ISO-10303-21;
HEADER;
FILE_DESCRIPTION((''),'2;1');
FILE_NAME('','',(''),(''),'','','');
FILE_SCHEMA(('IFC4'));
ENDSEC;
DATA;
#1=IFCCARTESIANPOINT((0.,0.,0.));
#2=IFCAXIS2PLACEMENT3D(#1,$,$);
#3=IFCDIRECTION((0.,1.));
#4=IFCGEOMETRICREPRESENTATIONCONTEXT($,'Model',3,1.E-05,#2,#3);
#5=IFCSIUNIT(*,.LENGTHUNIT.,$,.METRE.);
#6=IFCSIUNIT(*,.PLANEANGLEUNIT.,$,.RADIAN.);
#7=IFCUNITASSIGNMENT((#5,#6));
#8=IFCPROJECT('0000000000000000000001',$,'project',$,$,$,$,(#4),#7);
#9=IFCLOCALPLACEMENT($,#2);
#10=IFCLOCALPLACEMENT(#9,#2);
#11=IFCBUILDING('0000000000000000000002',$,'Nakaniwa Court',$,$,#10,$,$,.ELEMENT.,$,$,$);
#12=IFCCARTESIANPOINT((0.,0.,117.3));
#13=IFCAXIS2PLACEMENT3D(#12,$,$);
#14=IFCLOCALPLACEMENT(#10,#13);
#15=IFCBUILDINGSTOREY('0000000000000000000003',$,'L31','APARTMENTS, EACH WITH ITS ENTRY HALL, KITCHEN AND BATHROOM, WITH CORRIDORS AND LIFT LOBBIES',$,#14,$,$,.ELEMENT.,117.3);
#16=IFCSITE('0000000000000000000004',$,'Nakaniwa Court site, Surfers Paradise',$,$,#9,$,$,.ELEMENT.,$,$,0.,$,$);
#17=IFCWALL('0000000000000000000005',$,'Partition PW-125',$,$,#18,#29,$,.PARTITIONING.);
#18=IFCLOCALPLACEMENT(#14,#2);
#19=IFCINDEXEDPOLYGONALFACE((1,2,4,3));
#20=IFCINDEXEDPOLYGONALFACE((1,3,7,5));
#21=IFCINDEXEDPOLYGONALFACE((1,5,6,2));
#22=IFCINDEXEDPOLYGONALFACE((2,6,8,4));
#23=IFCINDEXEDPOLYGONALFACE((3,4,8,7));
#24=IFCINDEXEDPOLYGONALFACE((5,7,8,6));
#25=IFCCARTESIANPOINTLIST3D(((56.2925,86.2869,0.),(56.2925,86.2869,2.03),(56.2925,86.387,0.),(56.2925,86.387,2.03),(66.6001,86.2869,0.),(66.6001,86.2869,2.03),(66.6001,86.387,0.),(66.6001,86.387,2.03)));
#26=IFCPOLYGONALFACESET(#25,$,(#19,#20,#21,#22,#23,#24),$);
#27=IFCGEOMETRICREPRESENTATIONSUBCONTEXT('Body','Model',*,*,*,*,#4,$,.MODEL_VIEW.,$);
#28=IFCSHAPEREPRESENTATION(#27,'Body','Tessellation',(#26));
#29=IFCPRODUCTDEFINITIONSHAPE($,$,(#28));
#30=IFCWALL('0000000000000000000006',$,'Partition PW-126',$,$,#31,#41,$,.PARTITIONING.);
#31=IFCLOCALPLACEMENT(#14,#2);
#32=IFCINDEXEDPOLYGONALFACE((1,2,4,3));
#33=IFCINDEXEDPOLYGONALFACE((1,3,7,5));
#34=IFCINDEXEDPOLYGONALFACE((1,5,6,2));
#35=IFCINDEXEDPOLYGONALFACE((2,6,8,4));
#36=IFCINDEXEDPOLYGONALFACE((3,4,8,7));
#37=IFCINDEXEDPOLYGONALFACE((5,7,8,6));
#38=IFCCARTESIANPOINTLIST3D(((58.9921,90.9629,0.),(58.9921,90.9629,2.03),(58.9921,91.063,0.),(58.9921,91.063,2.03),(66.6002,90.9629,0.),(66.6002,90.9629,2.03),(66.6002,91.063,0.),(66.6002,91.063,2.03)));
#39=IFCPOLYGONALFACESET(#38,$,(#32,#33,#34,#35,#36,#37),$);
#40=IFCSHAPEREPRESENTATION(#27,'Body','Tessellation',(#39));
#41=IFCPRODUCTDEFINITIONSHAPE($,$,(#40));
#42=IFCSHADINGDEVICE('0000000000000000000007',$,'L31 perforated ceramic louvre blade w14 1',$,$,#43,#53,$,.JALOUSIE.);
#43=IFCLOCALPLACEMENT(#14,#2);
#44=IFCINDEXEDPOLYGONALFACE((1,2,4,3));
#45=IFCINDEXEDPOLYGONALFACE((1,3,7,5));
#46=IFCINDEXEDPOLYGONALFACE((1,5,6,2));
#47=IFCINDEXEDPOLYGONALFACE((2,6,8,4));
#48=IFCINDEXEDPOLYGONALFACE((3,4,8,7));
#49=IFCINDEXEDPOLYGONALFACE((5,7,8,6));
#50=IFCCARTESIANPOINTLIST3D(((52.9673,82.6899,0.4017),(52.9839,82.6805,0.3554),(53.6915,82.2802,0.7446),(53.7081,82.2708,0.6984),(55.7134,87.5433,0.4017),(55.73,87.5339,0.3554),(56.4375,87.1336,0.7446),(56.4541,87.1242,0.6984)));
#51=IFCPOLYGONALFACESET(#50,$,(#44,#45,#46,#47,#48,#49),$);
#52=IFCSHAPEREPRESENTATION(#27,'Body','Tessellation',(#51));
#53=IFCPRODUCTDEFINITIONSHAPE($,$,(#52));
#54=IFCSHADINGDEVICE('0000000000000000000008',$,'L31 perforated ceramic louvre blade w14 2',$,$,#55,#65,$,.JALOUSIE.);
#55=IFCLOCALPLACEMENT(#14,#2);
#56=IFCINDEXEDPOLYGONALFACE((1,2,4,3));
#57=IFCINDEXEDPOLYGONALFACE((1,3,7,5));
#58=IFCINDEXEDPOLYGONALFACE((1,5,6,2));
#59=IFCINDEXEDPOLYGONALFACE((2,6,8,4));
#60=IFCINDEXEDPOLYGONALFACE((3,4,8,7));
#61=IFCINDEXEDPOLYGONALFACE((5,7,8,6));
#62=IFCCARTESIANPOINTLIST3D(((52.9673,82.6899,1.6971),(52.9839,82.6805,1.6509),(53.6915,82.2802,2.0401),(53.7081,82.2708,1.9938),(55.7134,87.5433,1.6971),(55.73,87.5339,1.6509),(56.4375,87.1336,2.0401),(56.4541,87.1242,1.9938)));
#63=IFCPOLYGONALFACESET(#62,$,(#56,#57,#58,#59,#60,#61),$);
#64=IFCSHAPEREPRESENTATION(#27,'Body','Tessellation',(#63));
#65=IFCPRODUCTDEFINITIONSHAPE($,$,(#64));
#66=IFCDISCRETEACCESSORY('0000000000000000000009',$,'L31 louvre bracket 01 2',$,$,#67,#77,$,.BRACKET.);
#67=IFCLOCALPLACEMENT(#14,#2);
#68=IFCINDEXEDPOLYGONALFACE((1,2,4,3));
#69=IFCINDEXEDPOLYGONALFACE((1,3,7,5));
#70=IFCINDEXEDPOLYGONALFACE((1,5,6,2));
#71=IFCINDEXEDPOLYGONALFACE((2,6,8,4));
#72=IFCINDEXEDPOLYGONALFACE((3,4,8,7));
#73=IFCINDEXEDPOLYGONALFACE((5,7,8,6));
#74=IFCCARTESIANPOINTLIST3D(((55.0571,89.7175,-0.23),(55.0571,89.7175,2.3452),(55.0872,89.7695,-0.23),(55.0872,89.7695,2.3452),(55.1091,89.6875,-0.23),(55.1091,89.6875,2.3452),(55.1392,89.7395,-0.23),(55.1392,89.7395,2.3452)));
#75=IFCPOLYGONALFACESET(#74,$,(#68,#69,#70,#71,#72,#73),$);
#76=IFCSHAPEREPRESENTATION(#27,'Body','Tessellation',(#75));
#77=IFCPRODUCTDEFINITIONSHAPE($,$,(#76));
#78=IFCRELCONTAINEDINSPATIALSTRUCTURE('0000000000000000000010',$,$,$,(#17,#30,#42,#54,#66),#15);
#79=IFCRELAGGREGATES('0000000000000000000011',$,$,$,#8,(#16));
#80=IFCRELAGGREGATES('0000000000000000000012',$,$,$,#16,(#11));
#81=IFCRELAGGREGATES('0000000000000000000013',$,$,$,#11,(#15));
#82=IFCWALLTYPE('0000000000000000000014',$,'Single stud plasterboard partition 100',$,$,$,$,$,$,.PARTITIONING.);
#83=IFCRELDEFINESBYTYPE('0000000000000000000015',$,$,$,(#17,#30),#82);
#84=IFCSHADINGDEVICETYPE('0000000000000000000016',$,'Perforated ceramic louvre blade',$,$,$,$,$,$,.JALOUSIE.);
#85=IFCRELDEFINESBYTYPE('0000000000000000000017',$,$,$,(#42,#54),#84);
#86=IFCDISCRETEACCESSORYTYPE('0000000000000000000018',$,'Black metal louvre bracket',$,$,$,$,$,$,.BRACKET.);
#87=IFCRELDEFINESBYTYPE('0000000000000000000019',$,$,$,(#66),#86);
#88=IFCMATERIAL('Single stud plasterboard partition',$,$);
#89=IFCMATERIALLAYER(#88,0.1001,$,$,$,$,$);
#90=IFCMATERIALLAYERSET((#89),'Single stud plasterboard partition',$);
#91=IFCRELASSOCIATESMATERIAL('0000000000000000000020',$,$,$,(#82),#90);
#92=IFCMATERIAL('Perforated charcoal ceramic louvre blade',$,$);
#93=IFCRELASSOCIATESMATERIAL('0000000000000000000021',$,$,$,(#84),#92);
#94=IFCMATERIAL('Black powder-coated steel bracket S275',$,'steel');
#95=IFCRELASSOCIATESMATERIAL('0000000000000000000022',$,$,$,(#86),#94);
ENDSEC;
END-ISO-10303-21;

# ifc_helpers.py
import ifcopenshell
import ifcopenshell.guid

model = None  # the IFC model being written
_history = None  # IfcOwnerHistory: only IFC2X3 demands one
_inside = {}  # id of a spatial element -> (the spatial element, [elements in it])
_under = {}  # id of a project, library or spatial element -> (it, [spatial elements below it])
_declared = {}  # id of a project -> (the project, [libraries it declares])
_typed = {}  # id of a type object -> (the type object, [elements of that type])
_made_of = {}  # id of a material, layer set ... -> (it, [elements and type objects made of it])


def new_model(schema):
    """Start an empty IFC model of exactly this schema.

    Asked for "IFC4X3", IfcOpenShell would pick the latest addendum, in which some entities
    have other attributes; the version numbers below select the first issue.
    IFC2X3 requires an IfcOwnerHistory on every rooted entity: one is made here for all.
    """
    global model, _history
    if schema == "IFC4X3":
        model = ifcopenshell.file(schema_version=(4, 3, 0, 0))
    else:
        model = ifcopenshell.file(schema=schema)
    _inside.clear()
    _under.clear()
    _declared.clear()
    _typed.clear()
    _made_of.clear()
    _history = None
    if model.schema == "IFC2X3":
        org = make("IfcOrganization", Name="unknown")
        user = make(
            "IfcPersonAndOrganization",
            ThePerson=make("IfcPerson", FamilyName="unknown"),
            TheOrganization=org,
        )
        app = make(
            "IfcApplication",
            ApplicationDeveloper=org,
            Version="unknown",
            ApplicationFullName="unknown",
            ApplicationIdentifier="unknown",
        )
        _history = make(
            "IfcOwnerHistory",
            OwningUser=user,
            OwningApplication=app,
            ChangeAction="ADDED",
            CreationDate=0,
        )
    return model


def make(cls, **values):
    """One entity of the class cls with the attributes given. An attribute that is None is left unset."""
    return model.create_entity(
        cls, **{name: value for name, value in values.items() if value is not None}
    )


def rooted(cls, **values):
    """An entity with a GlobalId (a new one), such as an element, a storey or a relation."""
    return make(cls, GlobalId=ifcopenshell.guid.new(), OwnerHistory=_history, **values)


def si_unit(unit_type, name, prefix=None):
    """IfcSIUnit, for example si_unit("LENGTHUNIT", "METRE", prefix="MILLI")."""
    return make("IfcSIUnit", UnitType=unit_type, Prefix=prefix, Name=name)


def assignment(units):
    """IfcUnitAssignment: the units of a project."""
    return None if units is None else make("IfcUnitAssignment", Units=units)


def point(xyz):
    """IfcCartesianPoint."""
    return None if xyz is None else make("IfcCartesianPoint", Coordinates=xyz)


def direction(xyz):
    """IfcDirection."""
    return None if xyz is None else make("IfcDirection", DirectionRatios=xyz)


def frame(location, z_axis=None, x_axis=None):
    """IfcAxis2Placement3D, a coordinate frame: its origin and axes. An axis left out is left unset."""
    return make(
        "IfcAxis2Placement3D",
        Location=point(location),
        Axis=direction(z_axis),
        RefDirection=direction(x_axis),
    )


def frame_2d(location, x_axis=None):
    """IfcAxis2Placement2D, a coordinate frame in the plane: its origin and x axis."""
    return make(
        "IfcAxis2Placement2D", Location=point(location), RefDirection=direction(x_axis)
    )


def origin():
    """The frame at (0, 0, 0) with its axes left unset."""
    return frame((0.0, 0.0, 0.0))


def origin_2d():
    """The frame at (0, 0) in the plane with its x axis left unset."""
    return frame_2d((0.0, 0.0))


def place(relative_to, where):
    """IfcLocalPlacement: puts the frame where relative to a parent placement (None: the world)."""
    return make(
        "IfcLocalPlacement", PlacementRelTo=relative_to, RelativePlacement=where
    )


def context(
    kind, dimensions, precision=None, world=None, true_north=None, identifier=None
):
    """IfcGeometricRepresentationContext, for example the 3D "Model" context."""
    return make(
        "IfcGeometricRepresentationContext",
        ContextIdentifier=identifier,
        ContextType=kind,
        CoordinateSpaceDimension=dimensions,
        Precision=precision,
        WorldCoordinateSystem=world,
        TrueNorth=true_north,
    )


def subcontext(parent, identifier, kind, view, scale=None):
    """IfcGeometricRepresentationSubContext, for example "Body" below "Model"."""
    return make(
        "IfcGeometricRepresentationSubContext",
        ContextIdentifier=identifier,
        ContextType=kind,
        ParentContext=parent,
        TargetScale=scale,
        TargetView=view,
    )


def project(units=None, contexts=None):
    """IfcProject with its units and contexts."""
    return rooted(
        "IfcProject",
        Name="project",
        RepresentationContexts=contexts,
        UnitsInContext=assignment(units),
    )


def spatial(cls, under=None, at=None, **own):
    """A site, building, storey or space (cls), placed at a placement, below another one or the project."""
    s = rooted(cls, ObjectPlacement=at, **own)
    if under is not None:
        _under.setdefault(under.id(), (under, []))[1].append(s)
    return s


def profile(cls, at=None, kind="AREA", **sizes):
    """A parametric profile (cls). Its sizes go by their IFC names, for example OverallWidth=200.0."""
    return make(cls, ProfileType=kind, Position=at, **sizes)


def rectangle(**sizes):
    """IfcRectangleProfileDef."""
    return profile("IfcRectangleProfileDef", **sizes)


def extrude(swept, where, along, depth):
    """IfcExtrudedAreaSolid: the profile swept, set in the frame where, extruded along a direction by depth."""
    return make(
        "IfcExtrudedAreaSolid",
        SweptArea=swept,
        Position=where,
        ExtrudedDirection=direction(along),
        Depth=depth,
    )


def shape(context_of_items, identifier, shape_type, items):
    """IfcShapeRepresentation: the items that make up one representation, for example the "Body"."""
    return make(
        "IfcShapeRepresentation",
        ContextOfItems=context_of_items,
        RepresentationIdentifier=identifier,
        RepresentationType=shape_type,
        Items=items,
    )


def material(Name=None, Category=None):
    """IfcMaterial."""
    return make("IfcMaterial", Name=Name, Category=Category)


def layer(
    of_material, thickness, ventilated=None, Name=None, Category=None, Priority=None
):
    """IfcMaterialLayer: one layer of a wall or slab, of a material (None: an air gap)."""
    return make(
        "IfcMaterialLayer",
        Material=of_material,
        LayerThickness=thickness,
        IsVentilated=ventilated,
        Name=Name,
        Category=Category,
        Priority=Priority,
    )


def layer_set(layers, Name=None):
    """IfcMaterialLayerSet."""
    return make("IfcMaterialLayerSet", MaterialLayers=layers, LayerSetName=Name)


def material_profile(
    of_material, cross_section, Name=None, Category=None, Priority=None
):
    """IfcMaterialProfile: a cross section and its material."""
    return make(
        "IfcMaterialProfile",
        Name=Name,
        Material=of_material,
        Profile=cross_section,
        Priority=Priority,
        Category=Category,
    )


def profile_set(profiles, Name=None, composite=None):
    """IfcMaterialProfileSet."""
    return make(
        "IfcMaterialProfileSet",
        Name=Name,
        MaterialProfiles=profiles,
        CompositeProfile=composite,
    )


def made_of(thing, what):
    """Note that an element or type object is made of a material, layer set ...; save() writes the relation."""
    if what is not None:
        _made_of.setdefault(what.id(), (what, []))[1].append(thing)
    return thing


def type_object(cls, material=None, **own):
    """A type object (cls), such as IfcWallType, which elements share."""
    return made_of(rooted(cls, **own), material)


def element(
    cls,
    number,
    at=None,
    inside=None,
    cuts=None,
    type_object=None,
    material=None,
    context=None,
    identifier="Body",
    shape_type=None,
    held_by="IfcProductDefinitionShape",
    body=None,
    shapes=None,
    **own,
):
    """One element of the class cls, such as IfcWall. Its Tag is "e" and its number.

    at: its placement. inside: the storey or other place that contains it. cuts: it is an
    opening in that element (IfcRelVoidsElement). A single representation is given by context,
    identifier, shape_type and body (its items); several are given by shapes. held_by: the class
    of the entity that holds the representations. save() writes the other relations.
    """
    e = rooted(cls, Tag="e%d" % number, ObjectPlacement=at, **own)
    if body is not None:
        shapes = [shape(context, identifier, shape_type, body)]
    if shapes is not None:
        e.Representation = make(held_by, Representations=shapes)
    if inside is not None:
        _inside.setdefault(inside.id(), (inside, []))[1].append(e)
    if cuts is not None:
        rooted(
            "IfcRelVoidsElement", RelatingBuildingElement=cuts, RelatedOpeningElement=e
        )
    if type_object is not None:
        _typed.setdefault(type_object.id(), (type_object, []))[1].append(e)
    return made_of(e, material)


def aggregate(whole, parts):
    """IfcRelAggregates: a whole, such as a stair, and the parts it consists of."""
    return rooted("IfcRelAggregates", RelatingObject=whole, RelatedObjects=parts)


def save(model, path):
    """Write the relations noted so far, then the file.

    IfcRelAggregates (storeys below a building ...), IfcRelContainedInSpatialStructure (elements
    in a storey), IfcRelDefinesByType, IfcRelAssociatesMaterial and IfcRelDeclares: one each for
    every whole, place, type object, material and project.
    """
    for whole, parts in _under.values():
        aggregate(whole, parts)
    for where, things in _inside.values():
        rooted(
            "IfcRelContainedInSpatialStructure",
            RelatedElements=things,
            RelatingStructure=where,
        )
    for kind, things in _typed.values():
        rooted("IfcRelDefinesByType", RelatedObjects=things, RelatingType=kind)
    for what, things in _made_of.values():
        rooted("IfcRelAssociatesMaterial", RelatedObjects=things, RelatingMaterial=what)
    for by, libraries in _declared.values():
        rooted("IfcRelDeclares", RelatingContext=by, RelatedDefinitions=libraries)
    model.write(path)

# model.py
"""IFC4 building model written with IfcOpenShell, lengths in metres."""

from ifc_helpers import new_model, si_unit, direction, frame, frame_2d, origin, origin_2d, place, context, subcontext, project, spatial, rectangle, extrude, material, layer, layer_set, material_profile, profile_set, type_object, element, save


model = new_model("IFC4")

# Units and contexts
model_context = context("Model", 3, precision=1e-05, world=origin(), true_north=direction((0.0, 1.0)))
body_context = subcontext(model_context, "Body", "Model", "MODEL_VIEW")
ifc_project = project(units=[si_unit("LENGTHUNIT", "METRE"), si_unit("PLANEANGLEUNIT", "RADIAN")], contexts=[model_context])

# Site, building, storey
site_placement = place(None, origin())
site = spatial("IfcSite", under=ifc_project, at=site_placement, Name="Nakaniwa Court site, Surfers Paradise", CompositionType="ELEMENT", RefElevation=0.0)
building_placement = place(site_placement, origin())
building = spatial("IfcBuilding", under=site, at=building_placement, Name="Nakaniwa Court", CompositionType="ELEMENT")
storey_placement = place(building_placement, frame((0.0, 0.0, 117.3)))
storey = spatial("IfcBuildingStorey", under=building, at=storey_placement, Name="L31", Description="APARTMENTS, EACH WITH ITS ENTRY HALL, KITCHEN AND BATHROOM, WITH CORRIDORS AND LIFT LOBBIES", CompositionType="ELEMENT", Elevation=117.3)

# Shared definitions
ifc_material_1 = material(Name="Single stud plasterboard partition")
ifc_layer_1 = layer(ifc_material_1, 0.1001)
ifc_layer_set_1 = layer_set([ifc_layer_1], Name="Single stud plasterboard partition")
wall_type_1 = type_object("IfcWallType", Name="Single stud plasterboard partition 100", PredefinedType="PARTITIONING", material=ifc_layer_set_1)

# Walls
wall_1_placement = place(storey_placement, frame((56.2925, 86.3369, 0.0), z_axis=(0.0, 0.0, 1.0), x_axis=(1.0, 0.0, 0.0)))
element("IfcWall", 1, at=wall_1_placement, inside=storey, type_object=wall_type_1, Name="Partition PW-125", PredefinedType="PARTITIONING", context=body_context, shape_type="SweptSolid", body=[
    extrude(rectangle(XDim=10.3076, YDim=0.1001, at=frame_2d((5.1538, 0.0))), origin(), (0.0, 0.0, 1.0), 2.03),
])
wall_2_placement = place(storey_placement, frame((58.9919, 91.0129, 0.0), z_axis=(0.0, 0.0, 1.0), x_axis=(1.0, 0.0, 0.0)))
element("IfcWall", 2, at=wall_2_placement, inside=storey, type_object=wall_type_1, Name="Partition PW-126", PredefinedType="PARTITIONING", context=body_context, shape_type="SweptSolid", body=[
    extrude(rectangle(XDim=7.6082, YDim=0.1001, at=frame_2d((3.8042, 0.0))), origin(), (0.0, 0.0, 1.0), 2.03),
])

# Shading devices
ifc_material_2 = material(Name="Perforated charcoal ceramic louvre blade")
ifc_material_profile_1 = material_profile(ifc_material_2, rectangle(XDim=0.8999, YDim=0.05, at=origin_2d()), Name="Perforated ceramic louvre blade")
ifc_profile_set_1 = profile_set([ifc_material_profile_1], Name="Perforated charcoal ceramic louvre blade")
shading_device_type = type_object("IfcShadingDeviceType", Name="Perforated ceramic louvre blade", PredefinedType="JALOUSIE", material=ifc_profile_set_1)
for number, where, z_axis, x_axis, name in (
    (3, (56.0837, 87.3337, 0.55), (-0.492438, -0.870347, 0.0), (0.804676, -0.455282, 0.38107), "L31 perforated ceramic louvre blade w14 1"),
    (4, (56.0837, 87.3337, 1.8455), (-0.492438, -0.870347, 0.0), (0.804676, -0.455282, 0.38107), "L31 perforated ceramic louvre blade w14 2"),
):
    element("IfcShadingDevice", number, at=place(storey_placement, frame(where, z_axis=z_axis, x_axis=x_axis)), inside=storey, type_object=shading_device_type, Name=name, PredefinedType="JALOUSIE", context=body_context, shape_type="SweptSolid", body=[
        extrude(rectangle(XDim=0.8999, YDim=0.05, at=origin_2d()), origin(), (0.0, 0.0, 1.0), 5.5764),
    ])

# Discrete accessory
ifc_material_3 = material(Name="Black powder-coated steel bracket S275", Category="steel")
discrete_accessory_type = type_object("IfcDiscreteAccessoryType", Name="Black metal louvre bracket", PredefinedType="BRACKET", material=ifc_material_3)
discrete_accessory_placement = place(storey_placement, frame((55.0981, 89.7285, -0.23), z_axis=(0.0, 0.0, 1.0), x_axis=(-0.499974, -0.86604, 0.0)))
element("IfcDiscreteAccessory", 5, at=discrete_accessory_placement, inside=storey, type_object=discrete_accessory_type, Name="L31 louvre bracket 01 2", PredefinedType="BRACKET", context=body_context, shape_type="SweptSolid", body=[
    extrude(rectangle(XDim=0.0601, YDim=0.0601, at=origin_2d()), origin(), (0.0, 0.0, 1.0), 2.5752),
])

save(model, "model.ifc")
